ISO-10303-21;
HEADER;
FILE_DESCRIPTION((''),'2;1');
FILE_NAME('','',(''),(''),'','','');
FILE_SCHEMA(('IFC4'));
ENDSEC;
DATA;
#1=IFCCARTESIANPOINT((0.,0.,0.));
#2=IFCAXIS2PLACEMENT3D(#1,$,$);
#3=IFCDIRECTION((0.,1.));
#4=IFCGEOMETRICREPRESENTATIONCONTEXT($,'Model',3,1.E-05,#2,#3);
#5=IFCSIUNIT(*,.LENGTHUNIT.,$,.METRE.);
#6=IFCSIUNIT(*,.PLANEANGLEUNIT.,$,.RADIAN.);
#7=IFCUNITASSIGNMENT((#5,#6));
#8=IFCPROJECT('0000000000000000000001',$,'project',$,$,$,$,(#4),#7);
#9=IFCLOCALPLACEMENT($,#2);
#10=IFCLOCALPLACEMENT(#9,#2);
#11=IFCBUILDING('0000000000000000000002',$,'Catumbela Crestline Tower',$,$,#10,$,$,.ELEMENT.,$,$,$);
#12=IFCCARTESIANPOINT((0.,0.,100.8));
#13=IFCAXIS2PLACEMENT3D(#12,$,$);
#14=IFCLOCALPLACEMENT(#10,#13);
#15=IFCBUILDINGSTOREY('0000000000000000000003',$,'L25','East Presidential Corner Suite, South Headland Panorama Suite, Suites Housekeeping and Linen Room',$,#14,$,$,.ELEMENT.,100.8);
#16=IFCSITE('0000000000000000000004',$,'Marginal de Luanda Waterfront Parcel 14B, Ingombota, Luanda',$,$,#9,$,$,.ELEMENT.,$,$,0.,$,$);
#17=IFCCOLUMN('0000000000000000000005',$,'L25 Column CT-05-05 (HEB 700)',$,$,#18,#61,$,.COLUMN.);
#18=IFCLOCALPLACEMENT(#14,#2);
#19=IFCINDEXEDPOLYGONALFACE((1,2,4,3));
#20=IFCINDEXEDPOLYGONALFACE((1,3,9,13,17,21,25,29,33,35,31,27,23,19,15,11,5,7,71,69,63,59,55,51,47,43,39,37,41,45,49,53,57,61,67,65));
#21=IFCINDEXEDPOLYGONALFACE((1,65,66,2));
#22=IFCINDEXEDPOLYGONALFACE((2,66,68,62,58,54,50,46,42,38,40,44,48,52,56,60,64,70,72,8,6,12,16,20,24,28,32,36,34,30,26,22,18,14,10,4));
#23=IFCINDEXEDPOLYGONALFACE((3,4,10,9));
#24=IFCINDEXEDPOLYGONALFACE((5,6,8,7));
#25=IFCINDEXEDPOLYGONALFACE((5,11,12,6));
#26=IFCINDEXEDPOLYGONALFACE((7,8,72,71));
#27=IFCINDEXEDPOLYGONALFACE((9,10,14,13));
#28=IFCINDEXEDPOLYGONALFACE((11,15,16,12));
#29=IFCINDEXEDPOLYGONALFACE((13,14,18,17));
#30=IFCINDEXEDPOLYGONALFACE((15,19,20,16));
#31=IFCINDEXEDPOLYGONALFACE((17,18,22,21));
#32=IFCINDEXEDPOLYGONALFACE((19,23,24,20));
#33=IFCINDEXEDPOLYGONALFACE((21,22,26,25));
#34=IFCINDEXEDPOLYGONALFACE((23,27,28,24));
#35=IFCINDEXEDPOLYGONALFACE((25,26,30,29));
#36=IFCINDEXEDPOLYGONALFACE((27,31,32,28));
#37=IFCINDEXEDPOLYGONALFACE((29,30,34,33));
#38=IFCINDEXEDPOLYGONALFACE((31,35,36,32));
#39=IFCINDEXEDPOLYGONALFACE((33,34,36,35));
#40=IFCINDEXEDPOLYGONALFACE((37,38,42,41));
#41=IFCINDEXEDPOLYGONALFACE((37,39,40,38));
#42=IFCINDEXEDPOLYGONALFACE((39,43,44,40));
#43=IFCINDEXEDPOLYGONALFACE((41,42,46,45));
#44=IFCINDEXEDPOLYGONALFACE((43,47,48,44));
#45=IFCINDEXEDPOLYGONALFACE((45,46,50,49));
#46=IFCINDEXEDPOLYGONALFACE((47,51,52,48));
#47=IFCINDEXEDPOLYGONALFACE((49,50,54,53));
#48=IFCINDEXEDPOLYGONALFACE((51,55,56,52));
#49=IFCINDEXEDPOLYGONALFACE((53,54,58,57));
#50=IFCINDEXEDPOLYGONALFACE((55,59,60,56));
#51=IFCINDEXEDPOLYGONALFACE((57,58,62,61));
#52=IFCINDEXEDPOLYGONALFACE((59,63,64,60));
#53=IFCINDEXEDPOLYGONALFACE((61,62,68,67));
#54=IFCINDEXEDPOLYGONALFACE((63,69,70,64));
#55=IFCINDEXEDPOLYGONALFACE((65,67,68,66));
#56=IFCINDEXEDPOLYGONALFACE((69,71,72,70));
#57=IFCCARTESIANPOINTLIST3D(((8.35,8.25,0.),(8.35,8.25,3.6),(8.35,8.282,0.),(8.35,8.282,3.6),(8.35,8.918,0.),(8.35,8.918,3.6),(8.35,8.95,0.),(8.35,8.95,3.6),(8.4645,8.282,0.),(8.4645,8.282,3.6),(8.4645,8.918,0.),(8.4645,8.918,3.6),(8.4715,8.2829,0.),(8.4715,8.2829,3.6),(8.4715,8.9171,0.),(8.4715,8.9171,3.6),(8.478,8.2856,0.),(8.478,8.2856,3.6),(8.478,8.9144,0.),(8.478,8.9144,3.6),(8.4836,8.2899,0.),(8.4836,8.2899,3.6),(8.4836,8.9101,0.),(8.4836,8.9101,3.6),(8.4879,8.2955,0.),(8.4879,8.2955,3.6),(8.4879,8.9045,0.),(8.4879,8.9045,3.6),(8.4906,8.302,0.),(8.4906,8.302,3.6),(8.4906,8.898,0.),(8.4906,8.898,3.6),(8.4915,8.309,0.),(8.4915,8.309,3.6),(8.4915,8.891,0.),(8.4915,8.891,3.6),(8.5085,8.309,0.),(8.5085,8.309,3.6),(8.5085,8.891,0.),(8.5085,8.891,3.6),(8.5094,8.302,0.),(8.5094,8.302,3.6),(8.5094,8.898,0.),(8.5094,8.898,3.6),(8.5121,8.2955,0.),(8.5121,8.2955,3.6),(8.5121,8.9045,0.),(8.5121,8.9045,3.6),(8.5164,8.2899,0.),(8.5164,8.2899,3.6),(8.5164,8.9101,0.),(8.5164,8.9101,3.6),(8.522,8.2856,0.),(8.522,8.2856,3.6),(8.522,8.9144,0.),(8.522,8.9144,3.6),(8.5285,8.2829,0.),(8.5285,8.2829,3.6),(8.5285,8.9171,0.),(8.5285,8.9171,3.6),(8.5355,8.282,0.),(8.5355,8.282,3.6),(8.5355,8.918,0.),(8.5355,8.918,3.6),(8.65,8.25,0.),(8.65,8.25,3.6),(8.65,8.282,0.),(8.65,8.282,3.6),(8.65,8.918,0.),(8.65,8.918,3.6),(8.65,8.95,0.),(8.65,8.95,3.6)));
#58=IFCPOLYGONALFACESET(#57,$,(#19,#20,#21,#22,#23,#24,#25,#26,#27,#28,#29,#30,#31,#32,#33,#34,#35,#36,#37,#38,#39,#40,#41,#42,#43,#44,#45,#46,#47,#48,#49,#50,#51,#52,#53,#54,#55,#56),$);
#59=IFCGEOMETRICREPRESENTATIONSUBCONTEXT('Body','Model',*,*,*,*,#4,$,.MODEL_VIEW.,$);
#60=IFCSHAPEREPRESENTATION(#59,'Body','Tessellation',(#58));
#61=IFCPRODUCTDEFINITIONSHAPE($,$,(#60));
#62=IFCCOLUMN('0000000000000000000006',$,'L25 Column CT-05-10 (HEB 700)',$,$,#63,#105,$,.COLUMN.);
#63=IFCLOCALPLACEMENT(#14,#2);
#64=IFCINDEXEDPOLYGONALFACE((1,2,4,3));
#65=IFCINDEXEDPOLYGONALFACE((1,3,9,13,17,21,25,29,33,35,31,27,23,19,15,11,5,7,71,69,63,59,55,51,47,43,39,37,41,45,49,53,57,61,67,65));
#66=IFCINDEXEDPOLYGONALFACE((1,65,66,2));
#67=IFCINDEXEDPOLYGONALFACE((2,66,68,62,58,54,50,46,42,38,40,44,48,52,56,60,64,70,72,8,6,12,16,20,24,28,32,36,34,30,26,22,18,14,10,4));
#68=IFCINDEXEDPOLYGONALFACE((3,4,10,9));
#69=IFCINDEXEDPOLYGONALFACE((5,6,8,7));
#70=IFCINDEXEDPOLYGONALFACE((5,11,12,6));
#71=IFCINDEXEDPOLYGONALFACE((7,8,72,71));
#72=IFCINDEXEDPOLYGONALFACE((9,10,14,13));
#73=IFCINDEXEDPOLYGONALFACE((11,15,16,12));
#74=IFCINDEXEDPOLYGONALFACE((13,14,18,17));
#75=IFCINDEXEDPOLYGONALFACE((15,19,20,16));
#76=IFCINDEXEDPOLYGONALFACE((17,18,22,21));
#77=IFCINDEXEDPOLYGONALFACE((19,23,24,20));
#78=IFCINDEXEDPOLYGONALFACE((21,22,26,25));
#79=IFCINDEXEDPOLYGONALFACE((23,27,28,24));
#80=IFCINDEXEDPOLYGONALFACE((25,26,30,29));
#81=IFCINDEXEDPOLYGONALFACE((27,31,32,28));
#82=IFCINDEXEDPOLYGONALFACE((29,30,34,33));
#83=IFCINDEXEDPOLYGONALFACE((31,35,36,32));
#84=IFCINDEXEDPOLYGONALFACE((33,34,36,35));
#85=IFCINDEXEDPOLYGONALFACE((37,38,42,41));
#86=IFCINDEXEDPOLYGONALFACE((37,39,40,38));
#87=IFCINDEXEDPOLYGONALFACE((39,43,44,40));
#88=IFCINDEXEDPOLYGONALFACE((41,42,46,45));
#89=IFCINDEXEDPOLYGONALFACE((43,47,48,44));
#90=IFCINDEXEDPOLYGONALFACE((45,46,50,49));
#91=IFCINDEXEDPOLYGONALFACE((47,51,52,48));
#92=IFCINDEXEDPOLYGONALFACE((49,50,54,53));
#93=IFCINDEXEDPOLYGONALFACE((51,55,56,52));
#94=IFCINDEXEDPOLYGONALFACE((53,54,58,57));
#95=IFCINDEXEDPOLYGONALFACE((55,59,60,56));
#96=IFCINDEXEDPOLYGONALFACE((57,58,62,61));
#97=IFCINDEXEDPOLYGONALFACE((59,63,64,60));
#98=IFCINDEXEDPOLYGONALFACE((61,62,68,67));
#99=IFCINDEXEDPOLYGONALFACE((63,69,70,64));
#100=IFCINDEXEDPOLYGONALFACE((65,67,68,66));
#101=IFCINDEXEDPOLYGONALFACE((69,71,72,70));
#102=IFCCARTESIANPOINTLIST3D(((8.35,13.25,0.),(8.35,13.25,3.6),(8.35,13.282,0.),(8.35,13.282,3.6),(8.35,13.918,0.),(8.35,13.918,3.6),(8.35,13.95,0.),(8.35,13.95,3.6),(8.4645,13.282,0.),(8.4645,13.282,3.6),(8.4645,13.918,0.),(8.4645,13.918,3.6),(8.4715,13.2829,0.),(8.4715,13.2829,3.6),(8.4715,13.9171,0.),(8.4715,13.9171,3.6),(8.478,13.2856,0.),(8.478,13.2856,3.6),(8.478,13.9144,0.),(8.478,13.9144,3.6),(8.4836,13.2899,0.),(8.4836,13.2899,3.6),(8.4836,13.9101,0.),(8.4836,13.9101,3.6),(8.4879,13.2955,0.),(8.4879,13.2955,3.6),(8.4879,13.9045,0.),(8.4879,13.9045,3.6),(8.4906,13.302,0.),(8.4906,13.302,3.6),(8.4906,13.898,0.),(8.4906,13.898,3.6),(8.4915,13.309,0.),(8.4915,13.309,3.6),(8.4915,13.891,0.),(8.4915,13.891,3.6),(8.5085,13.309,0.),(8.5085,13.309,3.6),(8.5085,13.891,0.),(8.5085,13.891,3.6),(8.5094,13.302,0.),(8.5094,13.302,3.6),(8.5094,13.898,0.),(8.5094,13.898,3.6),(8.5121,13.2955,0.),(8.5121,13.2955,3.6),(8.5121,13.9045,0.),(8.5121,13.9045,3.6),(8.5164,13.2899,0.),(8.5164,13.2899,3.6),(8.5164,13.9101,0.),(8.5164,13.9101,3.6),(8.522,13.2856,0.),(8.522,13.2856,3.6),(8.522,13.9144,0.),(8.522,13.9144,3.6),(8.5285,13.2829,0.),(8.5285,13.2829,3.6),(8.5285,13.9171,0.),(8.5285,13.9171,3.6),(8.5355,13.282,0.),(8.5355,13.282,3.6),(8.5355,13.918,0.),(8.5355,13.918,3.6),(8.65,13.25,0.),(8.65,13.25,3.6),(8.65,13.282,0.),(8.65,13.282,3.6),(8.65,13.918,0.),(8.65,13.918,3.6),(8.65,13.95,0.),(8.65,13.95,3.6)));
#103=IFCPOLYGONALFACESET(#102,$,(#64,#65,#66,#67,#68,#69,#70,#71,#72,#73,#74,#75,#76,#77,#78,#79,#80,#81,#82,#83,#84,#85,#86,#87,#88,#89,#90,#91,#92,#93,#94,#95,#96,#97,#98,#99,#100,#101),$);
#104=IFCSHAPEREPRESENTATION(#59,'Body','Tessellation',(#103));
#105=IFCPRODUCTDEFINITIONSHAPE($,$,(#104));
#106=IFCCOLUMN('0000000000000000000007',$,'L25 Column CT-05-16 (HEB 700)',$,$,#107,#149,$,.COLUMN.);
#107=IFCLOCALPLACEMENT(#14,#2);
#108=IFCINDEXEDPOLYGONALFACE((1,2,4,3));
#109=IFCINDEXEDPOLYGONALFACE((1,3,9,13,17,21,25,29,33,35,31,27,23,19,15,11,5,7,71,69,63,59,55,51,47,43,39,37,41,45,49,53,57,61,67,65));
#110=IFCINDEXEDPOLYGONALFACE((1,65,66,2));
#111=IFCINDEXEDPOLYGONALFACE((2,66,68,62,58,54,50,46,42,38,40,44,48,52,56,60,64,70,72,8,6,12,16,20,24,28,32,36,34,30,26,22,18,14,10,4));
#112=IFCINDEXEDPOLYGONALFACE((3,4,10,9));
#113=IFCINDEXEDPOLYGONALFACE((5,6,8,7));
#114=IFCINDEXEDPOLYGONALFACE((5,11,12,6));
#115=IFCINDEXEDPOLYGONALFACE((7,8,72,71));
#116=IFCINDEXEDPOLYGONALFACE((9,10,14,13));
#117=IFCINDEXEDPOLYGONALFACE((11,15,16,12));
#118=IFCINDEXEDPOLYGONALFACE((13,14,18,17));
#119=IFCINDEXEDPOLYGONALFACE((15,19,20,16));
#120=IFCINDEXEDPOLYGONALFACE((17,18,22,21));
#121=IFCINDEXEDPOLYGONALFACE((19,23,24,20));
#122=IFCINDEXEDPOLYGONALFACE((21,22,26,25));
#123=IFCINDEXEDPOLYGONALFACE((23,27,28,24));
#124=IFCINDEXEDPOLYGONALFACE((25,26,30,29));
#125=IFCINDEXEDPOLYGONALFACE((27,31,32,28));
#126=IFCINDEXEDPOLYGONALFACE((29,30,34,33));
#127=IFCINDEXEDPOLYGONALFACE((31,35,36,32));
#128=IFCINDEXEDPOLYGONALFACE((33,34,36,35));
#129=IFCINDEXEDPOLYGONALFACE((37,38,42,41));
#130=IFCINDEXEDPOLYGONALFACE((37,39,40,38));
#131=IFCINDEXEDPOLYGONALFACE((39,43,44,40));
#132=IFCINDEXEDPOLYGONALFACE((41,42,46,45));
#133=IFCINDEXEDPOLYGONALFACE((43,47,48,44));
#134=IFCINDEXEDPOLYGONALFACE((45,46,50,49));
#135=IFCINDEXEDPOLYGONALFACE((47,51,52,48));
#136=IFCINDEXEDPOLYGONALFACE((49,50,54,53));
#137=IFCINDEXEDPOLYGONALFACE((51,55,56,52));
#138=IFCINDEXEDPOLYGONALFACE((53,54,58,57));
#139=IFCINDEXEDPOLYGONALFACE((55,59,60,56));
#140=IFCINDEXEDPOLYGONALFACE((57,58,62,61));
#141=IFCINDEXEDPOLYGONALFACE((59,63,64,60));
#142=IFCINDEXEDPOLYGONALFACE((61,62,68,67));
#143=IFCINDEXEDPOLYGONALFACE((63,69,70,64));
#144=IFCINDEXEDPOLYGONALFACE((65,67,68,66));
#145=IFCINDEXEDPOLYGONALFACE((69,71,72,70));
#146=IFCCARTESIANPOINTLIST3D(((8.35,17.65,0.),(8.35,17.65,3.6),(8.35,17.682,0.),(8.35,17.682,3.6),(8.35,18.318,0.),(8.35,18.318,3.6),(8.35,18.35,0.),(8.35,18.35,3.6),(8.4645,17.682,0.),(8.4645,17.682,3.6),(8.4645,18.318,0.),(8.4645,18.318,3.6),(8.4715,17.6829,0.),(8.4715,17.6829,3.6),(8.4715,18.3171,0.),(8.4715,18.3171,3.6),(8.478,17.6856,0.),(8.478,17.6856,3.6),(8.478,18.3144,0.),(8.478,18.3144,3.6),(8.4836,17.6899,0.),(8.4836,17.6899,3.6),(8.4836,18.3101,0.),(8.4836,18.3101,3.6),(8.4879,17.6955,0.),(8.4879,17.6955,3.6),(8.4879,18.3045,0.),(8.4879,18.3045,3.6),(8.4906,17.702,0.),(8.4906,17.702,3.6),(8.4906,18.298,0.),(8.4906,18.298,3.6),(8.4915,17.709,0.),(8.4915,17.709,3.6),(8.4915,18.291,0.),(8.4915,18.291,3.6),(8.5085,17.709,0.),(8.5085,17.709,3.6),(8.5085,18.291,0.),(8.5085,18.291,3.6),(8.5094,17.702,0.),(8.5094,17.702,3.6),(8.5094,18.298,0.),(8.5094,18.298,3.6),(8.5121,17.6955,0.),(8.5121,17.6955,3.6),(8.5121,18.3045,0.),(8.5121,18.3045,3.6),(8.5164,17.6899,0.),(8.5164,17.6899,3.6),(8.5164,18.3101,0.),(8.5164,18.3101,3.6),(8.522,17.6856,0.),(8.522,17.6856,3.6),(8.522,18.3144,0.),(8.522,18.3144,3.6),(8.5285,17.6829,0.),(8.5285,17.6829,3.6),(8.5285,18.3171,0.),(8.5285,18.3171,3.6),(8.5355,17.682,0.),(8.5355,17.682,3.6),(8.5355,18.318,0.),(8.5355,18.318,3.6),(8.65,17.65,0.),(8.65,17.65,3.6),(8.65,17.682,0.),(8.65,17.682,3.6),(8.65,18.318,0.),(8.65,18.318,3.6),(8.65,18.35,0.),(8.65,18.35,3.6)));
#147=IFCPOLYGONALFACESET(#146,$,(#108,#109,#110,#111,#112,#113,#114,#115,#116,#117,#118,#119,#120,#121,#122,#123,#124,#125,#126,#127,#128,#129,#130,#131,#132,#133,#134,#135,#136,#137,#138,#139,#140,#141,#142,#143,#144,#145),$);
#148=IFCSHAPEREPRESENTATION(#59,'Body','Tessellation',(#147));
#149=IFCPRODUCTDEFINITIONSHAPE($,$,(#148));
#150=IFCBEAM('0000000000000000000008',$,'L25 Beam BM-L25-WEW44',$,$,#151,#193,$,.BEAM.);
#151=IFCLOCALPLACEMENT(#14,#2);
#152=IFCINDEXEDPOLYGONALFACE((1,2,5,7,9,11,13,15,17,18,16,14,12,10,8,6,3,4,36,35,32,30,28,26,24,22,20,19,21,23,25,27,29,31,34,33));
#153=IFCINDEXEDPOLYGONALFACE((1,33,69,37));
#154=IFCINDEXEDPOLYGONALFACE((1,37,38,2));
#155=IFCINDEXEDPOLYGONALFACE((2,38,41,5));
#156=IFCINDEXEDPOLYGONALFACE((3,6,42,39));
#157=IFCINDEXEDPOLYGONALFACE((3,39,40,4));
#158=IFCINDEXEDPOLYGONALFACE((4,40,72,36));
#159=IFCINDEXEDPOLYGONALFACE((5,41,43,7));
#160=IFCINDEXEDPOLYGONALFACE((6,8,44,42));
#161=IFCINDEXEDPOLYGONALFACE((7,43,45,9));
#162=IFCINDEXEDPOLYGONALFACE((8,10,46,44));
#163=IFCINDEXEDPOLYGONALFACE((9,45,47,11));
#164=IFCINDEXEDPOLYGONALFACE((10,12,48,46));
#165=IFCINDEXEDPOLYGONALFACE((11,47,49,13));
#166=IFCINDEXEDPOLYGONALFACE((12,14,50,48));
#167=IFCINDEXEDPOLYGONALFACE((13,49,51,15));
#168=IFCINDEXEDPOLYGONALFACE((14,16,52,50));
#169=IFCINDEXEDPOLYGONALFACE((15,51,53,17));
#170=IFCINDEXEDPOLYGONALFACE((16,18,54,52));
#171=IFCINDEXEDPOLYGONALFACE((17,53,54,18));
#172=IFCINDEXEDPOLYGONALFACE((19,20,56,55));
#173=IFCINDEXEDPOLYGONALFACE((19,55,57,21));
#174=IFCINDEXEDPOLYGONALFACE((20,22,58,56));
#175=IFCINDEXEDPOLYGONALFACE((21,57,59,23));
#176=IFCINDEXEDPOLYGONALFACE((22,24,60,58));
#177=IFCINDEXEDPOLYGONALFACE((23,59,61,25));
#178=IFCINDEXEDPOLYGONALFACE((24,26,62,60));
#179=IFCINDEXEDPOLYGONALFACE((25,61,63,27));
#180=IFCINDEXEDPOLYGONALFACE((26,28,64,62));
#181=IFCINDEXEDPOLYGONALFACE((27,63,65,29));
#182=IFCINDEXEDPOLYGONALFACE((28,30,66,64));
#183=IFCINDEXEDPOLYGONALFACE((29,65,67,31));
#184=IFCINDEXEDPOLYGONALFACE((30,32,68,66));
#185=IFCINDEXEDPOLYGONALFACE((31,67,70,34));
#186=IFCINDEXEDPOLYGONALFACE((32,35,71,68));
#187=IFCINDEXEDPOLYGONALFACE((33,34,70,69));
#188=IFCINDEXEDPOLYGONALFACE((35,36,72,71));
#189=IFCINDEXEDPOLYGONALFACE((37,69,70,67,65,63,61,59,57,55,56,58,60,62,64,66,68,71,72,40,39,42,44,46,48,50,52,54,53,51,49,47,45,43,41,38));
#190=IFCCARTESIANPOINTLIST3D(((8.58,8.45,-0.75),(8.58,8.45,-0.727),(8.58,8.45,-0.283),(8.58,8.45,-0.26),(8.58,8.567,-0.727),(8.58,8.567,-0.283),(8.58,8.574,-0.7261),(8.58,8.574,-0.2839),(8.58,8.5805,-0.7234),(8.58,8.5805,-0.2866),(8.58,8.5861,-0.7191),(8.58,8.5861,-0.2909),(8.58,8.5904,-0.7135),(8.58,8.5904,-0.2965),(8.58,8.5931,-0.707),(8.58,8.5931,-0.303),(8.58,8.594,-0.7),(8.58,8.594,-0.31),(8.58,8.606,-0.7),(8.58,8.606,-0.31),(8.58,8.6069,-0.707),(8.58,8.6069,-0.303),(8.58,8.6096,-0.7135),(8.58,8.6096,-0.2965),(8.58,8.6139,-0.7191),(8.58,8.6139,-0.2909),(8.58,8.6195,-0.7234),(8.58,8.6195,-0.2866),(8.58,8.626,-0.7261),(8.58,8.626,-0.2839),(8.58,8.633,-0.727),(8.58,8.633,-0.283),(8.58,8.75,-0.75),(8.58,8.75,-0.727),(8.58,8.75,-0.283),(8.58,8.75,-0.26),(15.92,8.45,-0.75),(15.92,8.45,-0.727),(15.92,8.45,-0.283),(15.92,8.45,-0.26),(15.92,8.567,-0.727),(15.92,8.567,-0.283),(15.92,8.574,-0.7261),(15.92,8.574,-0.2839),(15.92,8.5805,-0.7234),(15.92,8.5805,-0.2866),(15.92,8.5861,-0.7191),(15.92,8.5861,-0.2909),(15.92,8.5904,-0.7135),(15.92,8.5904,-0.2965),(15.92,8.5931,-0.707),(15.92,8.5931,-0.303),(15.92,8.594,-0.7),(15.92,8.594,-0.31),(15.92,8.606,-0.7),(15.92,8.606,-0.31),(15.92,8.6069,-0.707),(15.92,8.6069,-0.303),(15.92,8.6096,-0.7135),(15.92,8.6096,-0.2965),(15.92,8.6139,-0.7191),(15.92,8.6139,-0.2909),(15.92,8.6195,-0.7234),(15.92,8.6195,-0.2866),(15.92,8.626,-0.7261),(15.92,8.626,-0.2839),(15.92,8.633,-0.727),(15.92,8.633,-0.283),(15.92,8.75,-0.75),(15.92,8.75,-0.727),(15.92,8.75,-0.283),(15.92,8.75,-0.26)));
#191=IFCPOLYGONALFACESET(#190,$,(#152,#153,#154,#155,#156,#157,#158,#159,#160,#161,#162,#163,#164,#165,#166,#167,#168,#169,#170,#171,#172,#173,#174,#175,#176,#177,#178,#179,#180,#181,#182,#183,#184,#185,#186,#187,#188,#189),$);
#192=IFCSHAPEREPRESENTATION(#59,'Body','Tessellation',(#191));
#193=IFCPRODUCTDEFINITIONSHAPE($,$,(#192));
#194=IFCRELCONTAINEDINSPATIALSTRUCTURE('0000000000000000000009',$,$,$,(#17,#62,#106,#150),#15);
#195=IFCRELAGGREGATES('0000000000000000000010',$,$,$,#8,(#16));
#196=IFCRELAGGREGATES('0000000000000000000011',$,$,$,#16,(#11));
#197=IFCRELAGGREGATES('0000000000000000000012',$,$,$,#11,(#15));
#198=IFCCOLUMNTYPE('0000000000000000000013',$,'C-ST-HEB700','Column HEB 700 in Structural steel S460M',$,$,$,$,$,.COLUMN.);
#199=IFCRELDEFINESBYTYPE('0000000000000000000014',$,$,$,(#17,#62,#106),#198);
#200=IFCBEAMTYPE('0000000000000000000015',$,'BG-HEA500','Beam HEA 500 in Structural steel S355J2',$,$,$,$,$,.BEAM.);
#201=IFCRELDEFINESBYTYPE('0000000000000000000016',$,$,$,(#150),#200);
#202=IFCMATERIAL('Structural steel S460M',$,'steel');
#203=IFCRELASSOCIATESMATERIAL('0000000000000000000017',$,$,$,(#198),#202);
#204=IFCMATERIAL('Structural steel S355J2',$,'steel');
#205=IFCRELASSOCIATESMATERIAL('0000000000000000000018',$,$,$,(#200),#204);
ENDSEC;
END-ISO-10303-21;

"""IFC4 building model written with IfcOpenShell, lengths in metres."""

from ifc_helpers import new_model, si_unit, direction, frame, origin, origin_2d, place, context, subcontext, project, spatial, i_section, extrude, material, material_profile, profile_set, type_object, element, save


model = new_model("IFC4")

# Units and contexts
model_context = context("Model", 3, precision=1e-05, world=origin(), true_north=direction((0.0, 1.0)))
body_context = subcontext(model_context, "Body", "Model", "MODEL_VIEW")
ifc_project = project(units=[si_unit("LENGTHUNIT", "METRE"), si_unit("PLANEANGLEUNIT", "RADIAN")], contexts=[model_context])

# Site, building, storey
site_placement = place(None, origin())
site = spatial("IfcSite", under=ifc_project, at=site_placement, Name="Marginal de Luanda Waterfront Parcel 14B, Ingombota, Luanda", CompositionType="ELEMENT", RefElevation=0.0)
building_placement = place(site_placement, origin())
building = spatial("IfcBuilding", under=site, at=building_placement, Name="Catumbela Crestline Tower", CompositionType="ELEMENT")
storey_placement = place(building_placement, frame((0.0, 0.0, 100.8)))
storey = spatial("IfcBuildingStorey", under=building, at=storey_placement, Name="L25", Description="East Presidential Corner Suite, South Headland Panorama Suite, Suites Housekeeping and Linen Room", CompositionType="ELEMENT", Elevation=100.8)

# Columns
ifc_material_1 = material(Name="Structural steel S460M", Category="steel")
ifc_material_profile_1 = material_profile(ifc_material_1, i_section(OverallWidth=0.3, OverallDepth=0.7, WebThickness=0.017, FlangeThickness=0.032, FilletRadius=0.027, at=origin_2d()), Name="HEB 700")
ifc_profile_set_1 = profile_set([ifc_material_profile_1], Name="Structural steel S460M")
column_type = type_object("IfcColumnType", Name="C-ST-HEB700", Description="Column HEB 700 in Structural steel S460M", PredefinedType="COLUMN", material=ifc_profile_set_1)
for number, where, z_axis, x_axis, name in (
    (1, (8.5, 8.6, 0.0), (0.0, 0.0, 1.0), (1.0, 0.0, 0.0), "L25 Column CT-05-05 (HEB 700)"),
    (2, (8.5, 13.6, 0.0), (0.0, 0.0, 1.0), (1.0, 0.0, 0.0), "L25 Column CT-05-10 (HEB 700)"),
    (3, (8.5, 18.0, 0.0), (0.0, 0.0, 1.0), (1.0, 0.0, 0.0), "L25 Column CT-05-16 (HEB 700)"),
):
    element("IfcColumn", number, at=place(storey_placement, frame(where, z_axis=z_axis, x_axis=x_axis)), inside=storey, type_object=column_type, Name=name, PredefinedType="COLUMN", context=body_context, shape_type="SweptSolid", body=[
        extrude(i_section(OverallWidth=0.3, OverallDepth=0.7, WebThickness=0.017, FlangeThickness=0.032, FilletRadius=0.027, at=origin_2d()), origin(), (0.0, 0.0, 1.0), 3.6),
    ])

# Beam
ifc_material_2 = material(Name="Structural steel S355J2", Category="steel")
ifc_material_profile_2 = material_profile(ifc_material_2, i_section(OverallWidth=0.3, OverallDepth=0.49, WebThickness=0.012, FlangeThickness=0.023, FilletRadius=0.027, at=origin_2d()), Name="HEA 500")
ifc_profile_set_2 = profile_set([ifc_material_profile_2], Name="Structural steel S355J2")
beam_type_1 = type_object("IfcBeamType", Name="BG-HEA500", Description="Beam HEA 500 in Structural steel S355J2", PredefinedType="BEAM", material=ifc_profile_set_2)
for number, where, z_axis, x_axis, name in (
    (4, (8.58, 8.6, -0.505), (1.0, 0.0, 0.0), (0.0, 1.0, 0.0), "L25 Beam BM-L25-WEW44"),
):
    element("IfcBeam", number, at=place(storey_placement, frame(where, z_axis=z_axis, x_axis=x_axis)), inside=storey, type_object=beam_type_1, Name=name, PredefinedType="BEAM", context=body_context, shape_type="SweptSolid", body=[
        extrude(i_section(OverallWidth=0.3, OverallDepth=0.49, WebThickness=0.012, FlangeThickness=0.023, FilletRadius=0.027, at=origin_2d()), origin(), (0.0, 0.0, 1.0), 7.34),
    ])

save(model, "model.ifc")
